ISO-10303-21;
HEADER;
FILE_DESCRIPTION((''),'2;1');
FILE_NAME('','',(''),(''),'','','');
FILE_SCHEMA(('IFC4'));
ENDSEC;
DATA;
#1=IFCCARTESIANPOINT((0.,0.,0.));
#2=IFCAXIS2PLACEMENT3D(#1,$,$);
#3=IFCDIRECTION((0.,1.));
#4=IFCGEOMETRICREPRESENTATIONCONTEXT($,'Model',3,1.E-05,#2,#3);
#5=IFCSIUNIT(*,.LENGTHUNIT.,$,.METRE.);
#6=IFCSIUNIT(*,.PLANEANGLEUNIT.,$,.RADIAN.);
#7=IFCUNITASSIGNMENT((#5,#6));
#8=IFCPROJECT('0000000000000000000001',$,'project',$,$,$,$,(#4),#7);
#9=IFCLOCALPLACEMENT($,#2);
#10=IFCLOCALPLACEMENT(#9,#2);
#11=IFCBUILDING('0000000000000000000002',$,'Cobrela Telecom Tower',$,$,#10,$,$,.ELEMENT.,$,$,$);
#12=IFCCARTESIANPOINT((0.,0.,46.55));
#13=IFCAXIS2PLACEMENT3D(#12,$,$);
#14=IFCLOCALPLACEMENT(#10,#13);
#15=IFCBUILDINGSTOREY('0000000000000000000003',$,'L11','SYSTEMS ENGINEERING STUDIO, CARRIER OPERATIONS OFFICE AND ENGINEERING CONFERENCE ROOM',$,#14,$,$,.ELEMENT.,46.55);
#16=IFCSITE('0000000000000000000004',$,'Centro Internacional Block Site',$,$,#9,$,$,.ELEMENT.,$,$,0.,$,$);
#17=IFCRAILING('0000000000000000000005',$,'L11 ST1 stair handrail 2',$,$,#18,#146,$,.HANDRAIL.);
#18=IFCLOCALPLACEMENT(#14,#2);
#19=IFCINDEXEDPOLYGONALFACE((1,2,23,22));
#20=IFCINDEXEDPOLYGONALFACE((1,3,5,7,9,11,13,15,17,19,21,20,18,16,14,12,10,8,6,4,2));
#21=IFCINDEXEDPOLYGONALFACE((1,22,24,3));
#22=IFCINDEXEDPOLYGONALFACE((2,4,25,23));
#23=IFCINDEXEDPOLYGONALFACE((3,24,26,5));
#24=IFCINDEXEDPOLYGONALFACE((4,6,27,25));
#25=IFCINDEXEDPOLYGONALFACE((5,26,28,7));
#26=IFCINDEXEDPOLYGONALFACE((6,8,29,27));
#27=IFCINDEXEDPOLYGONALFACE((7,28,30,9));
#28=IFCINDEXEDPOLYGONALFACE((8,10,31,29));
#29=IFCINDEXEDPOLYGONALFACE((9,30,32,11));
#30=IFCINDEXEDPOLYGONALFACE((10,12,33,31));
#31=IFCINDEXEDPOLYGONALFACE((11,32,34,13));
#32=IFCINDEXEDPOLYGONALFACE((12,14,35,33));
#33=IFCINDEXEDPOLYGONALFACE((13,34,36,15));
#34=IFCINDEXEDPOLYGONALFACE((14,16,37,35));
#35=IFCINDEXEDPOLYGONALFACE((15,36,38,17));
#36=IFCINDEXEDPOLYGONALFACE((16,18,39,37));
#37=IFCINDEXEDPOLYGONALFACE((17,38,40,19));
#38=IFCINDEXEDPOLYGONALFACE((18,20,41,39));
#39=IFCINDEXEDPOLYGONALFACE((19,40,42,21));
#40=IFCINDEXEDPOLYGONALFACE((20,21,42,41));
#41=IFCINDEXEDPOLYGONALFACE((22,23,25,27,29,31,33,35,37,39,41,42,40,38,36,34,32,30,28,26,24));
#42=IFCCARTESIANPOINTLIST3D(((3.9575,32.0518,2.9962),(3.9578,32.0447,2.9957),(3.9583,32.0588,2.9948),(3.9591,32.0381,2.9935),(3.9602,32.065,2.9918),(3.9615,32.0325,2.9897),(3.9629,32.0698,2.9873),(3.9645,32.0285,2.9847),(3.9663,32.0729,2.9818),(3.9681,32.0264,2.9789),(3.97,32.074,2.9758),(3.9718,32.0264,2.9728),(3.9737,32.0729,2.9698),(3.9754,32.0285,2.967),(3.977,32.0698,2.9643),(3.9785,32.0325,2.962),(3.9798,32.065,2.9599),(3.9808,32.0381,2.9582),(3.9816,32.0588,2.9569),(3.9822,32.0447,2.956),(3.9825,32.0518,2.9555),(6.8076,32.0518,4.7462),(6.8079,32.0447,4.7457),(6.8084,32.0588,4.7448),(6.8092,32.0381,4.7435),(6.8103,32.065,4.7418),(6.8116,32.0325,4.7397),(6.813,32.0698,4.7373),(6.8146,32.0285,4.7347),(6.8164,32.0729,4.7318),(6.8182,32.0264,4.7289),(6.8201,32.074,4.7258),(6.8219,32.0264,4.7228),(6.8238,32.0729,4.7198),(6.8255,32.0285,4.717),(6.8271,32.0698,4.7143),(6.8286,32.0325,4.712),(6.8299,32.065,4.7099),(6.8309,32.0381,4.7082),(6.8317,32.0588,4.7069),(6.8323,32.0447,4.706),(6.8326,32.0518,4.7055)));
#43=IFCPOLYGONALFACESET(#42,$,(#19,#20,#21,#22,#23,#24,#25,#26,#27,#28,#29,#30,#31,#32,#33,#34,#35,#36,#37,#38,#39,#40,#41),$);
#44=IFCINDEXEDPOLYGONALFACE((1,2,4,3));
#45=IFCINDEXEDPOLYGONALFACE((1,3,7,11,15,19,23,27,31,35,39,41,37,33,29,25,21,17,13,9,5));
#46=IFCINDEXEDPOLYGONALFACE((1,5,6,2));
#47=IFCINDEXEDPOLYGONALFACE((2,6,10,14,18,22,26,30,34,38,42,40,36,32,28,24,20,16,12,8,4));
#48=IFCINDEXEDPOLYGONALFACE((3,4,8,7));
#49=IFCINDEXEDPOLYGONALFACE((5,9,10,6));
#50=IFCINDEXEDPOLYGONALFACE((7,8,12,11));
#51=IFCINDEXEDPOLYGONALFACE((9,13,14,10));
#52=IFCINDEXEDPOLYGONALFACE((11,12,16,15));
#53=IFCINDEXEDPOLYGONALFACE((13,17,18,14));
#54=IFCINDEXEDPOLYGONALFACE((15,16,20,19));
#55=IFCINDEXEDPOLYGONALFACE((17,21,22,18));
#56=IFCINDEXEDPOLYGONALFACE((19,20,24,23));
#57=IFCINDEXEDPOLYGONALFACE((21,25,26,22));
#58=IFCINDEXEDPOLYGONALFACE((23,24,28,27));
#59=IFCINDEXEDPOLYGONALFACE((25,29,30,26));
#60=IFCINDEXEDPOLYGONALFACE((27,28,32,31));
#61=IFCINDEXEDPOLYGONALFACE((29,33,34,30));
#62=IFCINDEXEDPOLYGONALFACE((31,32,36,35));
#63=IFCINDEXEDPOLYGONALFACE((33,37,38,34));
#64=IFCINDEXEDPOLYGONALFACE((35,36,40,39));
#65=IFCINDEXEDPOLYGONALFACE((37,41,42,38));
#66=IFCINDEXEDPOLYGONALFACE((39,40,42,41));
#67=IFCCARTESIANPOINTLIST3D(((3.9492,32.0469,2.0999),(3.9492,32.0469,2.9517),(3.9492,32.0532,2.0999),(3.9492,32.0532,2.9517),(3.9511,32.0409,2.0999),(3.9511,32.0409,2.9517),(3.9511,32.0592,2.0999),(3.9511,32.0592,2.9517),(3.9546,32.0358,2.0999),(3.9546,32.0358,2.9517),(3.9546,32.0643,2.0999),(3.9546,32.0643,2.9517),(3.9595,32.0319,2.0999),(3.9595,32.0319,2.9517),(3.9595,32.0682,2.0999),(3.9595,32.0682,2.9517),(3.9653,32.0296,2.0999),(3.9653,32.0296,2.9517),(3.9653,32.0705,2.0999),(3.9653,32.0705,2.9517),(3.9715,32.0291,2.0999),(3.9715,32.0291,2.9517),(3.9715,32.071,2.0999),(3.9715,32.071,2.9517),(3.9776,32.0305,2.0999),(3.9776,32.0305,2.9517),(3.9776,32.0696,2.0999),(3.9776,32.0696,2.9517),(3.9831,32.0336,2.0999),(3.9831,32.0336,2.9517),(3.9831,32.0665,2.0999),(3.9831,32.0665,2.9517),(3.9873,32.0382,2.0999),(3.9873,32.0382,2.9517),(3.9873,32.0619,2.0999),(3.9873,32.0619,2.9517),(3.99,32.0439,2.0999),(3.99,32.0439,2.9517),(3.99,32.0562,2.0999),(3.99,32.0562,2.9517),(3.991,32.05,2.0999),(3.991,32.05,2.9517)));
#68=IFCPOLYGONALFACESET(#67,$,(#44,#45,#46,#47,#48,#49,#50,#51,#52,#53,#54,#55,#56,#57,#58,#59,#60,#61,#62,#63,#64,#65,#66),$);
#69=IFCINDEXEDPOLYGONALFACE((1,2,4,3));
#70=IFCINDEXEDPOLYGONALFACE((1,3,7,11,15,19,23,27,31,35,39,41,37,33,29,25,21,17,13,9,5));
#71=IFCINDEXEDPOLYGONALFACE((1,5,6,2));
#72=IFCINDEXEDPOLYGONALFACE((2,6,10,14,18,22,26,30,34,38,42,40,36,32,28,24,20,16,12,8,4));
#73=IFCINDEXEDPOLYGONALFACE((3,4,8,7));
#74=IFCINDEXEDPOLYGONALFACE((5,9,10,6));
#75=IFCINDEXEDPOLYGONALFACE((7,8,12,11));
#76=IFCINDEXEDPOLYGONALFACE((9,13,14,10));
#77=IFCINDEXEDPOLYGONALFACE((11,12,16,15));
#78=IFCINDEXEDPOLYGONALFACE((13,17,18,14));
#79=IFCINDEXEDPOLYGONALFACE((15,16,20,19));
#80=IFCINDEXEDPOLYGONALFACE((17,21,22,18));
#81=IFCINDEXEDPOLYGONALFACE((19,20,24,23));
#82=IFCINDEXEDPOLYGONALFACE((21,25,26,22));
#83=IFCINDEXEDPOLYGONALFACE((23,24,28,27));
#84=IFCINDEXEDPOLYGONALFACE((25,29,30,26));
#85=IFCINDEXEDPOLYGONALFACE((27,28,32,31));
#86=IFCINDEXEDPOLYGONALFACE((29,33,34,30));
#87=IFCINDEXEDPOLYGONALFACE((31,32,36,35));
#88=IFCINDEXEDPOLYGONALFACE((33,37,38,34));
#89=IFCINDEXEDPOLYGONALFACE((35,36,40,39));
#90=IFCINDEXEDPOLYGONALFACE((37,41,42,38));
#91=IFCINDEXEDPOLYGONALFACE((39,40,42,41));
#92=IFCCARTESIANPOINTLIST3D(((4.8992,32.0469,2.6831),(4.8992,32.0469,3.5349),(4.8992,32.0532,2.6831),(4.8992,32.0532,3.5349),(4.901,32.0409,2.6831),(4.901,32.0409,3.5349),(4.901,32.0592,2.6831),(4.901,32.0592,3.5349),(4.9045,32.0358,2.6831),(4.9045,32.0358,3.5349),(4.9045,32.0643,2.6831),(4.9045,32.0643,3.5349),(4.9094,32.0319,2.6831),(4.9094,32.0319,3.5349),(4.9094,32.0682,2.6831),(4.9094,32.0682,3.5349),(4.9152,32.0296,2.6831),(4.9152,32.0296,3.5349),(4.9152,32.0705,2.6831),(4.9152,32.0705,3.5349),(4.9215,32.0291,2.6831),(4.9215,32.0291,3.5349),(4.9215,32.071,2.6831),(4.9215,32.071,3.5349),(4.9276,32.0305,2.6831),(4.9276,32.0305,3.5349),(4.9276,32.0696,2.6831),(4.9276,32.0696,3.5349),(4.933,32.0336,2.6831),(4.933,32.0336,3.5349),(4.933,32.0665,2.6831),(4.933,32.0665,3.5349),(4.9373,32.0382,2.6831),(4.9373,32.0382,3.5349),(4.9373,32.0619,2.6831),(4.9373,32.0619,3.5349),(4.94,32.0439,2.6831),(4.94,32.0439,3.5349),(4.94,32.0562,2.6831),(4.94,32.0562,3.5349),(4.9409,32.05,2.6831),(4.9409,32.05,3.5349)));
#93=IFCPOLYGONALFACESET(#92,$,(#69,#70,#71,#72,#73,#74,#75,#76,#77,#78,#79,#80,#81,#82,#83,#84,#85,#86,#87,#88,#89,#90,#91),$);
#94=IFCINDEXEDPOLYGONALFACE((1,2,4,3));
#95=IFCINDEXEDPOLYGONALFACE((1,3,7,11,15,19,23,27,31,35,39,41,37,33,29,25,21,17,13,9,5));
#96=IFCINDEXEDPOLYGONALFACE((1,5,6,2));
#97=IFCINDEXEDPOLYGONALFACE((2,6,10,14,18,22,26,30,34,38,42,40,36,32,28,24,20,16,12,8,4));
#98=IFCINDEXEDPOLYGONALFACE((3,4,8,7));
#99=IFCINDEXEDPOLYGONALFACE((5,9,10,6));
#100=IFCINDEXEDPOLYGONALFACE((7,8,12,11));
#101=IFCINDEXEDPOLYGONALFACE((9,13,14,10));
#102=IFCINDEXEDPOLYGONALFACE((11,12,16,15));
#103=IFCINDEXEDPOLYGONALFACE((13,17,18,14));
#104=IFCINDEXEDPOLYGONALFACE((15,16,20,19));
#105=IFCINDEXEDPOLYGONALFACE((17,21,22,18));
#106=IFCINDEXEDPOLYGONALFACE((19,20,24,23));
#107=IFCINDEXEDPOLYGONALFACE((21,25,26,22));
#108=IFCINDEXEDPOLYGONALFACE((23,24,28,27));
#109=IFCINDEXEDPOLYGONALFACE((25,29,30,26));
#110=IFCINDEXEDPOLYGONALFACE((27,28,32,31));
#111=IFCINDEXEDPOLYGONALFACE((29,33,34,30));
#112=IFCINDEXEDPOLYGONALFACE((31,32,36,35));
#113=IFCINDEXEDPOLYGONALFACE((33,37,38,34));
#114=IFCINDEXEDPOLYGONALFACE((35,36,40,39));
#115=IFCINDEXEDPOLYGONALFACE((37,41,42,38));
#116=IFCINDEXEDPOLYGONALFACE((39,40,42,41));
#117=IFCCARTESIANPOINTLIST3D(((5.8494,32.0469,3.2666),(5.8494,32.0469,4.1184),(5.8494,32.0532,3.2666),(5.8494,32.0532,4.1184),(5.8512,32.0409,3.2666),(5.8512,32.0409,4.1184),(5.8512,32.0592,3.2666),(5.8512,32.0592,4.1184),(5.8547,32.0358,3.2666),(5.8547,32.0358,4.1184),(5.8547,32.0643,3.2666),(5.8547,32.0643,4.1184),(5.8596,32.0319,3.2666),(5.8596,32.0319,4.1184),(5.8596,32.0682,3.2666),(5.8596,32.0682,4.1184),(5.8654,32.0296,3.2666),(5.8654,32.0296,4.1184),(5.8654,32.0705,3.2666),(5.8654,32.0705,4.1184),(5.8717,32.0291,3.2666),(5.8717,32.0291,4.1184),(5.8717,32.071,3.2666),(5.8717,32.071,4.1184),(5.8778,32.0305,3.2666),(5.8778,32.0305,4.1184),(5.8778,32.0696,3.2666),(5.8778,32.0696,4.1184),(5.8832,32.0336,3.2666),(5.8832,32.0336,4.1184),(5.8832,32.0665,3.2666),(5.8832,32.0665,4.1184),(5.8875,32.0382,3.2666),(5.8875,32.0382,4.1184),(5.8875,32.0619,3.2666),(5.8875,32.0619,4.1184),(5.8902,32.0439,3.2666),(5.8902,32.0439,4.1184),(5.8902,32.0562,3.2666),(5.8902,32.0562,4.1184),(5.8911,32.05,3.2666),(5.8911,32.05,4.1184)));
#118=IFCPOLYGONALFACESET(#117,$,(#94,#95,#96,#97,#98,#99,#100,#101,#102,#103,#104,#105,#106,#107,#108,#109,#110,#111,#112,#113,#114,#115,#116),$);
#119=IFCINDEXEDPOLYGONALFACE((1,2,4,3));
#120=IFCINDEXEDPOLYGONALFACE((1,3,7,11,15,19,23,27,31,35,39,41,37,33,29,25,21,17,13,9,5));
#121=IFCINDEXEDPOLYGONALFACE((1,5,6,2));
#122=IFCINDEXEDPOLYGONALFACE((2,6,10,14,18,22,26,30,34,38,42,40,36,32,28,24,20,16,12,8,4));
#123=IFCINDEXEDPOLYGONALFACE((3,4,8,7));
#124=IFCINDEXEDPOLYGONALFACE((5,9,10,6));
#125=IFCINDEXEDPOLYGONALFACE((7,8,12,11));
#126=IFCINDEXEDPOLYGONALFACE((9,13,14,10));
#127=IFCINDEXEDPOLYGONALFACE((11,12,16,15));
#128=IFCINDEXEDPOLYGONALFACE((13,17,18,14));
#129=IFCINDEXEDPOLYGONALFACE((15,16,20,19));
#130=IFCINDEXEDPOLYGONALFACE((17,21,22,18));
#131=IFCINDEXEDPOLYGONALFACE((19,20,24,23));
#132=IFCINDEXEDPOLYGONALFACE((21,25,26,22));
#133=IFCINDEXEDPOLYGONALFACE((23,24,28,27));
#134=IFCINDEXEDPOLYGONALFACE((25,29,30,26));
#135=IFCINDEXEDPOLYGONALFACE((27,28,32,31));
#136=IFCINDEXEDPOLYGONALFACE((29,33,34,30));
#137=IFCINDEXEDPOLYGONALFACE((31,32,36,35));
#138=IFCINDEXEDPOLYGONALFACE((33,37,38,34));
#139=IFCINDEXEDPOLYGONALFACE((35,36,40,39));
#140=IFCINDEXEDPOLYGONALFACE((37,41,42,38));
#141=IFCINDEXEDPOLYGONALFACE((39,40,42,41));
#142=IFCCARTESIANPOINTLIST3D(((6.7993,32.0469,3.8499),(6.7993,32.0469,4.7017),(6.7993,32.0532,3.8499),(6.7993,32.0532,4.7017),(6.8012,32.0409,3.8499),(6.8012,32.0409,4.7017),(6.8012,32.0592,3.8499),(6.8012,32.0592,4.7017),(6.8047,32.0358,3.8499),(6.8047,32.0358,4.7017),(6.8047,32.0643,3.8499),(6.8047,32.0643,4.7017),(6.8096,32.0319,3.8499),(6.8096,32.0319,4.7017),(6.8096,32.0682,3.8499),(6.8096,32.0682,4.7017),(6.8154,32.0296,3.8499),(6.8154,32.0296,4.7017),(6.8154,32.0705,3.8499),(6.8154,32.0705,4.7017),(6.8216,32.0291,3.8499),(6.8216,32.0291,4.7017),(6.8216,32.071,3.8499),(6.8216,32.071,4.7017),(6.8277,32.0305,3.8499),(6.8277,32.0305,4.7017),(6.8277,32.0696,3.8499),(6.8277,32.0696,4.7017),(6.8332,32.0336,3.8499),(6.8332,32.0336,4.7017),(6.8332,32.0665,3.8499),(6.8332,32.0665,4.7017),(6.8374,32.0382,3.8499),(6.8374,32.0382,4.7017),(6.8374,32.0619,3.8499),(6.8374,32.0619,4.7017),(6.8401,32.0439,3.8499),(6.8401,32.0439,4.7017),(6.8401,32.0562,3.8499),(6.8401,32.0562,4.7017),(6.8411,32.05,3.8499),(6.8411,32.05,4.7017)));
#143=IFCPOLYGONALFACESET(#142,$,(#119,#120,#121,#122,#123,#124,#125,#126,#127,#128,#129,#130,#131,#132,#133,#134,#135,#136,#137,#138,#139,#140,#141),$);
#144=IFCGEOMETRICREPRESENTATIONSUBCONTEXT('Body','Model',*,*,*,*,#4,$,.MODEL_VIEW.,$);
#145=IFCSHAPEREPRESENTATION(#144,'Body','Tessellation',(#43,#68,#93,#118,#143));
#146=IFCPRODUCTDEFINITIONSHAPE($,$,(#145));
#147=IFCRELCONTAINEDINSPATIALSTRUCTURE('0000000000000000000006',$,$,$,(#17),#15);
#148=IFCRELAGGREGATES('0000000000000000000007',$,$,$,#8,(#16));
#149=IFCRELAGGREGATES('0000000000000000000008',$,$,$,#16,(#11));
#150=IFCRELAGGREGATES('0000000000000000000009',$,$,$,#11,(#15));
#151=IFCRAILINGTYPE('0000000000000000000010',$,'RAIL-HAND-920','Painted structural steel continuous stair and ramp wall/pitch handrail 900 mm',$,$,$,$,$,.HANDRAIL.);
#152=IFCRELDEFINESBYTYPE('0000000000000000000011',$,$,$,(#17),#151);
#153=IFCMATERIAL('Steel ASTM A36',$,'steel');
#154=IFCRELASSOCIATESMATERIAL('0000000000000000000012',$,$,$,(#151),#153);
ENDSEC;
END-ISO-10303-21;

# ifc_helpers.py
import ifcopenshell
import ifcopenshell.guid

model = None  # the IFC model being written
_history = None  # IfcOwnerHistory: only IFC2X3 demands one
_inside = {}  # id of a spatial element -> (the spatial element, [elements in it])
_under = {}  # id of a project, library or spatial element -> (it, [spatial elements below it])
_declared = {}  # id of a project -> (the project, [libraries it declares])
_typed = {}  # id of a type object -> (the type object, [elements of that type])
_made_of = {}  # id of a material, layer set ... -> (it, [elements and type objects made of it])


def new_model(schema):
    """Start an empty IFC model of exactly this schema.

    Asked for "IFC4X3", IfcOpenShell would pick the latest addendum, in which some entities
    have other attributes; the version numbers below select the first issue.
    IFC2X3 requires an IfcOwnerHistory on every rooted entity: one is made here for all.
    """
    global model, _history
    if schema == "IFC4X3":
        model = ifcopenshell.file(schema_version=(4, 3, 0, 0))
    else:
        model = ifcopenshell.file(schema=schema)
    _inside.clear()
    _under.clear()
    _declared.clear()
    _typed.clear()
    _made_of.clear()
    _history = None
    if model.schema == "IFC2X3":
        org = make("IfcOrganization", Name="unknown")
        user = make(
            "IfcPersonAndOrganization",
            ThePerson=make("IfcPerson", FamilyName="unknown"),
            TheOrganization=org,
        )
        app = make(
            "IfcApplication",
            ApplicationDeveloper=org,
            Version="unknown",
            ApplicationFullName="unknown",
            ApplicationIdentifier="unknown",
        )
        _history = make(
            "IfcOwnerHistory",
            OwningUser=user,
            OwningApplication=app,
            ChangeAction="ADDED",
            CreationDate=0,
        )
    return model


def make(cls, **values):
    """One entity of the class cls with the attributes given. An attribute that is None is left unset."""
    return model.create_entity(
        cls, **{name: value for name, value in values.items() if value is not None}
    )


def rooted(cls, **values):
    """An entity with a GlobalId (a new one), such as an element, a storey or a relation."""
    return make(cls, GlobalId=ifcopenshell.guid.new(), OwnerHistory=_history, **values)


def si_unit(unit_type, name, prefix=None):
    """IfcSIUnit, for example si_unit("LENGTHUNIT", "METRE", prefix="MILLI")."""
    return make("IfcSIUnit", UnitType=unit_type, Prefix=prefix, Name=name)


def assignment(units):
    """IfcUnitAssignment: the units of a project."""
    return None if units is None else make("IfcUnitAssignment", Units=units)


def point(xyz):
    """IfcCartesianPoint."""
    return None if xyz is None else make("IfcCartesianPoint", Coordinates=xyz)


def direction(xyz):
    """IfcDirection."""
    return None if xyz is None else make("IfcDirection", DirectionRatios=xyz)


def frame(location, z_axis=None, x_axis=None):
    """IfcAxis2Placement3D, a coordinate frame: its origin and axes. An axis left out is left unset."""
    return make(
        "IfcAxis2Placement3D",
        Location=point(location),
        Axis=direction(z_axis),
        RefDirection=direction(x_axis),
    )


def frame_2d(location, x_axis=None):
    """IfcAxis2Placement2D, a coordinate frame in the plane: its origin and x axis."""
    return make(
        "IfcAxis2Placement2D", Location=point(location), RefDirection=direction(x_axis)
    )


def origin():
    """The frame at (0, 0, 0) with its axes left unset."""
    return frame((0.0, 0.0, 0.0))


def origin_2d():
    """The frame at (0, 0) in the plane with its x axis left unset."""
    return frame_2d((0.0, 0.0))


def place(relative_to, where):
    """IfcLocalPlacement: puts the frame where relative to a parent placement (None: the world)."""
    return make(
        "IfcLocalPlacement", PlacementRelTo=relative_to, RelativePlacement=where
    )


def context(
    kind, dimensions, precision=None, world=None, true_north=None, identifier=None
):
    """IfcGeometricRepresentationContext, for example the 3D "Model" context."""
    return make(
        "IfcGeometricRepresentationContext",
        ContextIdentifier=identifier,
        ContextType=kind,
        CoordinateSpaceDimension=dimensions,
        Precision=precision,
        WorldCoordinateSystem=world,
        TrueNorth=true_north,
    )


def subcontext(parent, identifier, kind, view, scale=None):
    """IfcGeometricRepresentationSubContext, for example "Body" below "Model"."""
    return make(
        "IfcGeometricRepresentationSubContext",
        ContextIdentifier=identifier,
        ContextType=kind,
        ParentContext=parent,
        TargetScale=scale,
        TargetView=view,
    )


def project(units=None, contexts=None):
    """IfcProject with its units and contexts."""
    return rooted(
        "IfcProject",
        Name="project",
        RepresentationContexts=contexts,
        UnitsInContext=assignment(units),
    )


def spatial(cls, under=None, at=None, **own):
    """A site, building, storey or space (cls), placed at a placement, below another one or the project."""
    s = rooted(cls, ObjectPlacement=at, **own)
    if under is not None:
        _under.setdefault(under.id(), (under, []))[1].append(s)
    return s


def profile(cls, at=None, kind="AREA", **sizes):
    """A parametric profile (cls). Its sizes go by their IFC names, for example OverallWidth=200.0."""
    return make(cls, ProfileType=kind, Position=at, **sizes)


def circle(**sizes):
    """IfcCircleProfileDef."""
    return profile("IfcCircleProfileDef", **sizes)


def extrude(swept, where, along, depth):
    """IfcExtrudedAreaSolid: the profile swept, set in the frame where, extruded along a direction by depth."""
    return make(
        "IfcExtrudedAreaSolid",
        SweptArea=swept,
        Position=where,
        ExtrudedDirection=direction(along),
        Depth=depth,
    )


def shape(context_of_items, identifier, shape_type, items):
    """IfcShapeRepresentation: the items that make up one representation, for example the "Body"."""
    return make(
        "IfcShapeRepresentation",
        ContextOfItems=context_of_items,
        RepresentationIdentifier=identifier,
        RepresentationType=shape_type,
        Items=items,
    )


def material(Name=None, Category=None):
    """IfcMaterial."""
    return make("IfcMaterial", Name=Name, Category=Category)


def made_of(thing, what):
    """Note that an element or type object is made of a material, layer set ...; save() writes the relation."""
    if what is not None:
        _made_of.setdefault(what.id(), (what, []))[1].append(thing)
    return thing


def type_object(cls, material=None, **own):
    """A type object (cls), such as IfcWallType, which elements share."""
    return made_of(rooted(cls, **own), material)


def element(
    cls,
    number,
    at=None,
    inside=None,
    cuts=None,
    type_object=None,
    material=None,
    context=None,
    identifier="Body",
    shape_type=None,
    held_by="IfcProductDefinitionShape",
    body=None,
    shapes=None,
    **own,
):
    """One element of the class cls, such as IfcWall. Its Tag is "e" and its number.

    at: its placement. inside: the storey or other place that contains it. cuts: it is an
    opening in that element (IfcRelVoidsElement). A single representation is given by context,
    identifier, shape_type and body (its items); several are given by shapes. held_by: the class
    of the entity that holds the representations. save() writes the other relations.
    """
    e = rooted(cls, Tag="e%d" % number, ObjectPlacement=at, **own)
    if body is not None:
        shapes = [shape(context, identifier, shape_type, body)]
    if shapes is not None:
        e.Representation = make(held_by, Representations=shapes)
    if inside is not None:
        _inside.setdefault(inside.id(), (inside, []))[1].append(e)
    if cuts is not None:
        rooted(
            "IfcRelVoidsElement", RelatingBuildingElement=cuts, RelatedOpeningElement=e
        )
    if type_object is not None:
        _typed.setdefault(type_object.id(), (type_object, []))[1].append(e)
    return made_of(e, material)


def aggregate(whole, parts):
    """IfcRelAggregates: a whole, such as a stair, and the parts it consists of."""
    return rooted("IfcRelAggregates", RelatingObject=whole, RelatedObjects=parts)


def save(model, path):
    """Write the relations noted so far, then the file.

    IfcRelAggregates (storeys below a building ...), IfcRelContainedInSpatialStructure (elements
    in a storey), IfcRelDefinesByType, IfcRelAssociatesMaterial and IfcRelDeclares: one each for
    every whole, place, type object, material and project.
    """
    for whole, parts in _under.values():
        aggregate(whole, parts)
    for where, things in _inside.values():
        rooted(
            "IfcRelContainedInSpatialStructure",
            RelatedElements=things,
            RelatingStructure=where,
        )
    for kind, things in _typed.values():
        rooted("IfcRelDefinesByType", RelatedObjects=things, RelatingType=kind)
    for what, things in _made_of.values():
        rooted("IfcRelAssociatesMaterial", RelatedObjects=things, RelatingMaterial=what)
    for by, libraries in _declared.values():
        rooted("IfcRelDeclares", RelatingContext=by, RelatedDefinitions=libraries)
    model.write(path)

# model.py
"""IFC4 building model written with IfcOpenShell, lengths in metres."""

from ifc_helpers import new_model, si_unit, direction, frame, origin, origin_2d, place, context, subcontext, project, spatial, circle, extrude, material, type_object, element, save


model = new_model("IFC4")

# Units and contexts
model_context = context("Model", 3, precision=1e-05, world=origin(), true_north=direction((0.0, 1.0)))
body_context = subcontext(model_context, "Body", "Model", "MODEL_VIEW")
ifc_project = project(units=[si_unit("LENGTHUNIT", "METRE"), si_unit("PLANEANGLEUNIT", "RADIAN")], contexts=[model_context])

# Site, building, storey
site_placement = place(None, origin())
site = spatial("IfcSite", under=ifc_project, at=site_placement, Name="Centro Internacional Block Site", CompositionType="ELEMENT", RefElevation=0.0)
building_placement = place(site_placement, origin())
building = spatial("IfcBuilding", under=site, at=building_placement, Name="Cobrela Telecom Tower", CompositionType="ELEMENT")
storey_placement = place(building_placement, frame((0.0, 0.0, 46.55)))
storey = spatial("IfcBuildingStorey", under=building, at=storey_placement, Name="L11", Description="SYSTEMS ENGINEERING STUDIO, CARRIER OPERATIONS OFFICE AND ENGINEERING CONFERENCE ROOM", CompositionType="ELEMENT", Elevation=46.55)

# Shared definitions
ifc_material_1 = material(Name="Steel ASTM A36", Category="steel")

# Railing
railing_type_1 = type_object("IfcRailingType", Name="RAIL-HAND-920", Description="Painted structural steel continuous stair and ramp wall/pitch handrail 900 mm", PredefinedType="HANDRAIL", material=ifc_material_1)
railing_1_placement = place(storey_placement, frame((3.97, 32.05, 2.0999)))
element("IfcRailing", 1, at=railing_1_placement, inside=storey, type_object=railing_type_1, Name="L11 ST1 stair handrail 2", PredefinedType="HANDRAIL", context=body_context, shape_type="SweptSolid", body=[
    extrude(circle(Radius=0.0239, at=origin_2d()), frame((0.0, 0.0, 0.876), z_axis=(0.852179, 0.0, 0.52325), x_axis=(0.0, 1.0, 0.0)), (0.0, 0.0, 1.0), 3.3445),
    extrude(circle(Radius=0.021, at=origin_2d()), origin(), (0.0, 0.0, 1.0), 0.8518),
    extrude(circle(Radius=0.021, at=origin_2d()), frame((0.95, 0.0, 0.5833)), (0.0, 0.0, 1.0), 0.8518),
    extrude(circle(Radius=0.021, at=origin_2d()), frame((1.9001, 0.0, 1.1667)), (0.0, 0.0, 1.0), 0.8518),
    extrude(circle(Radius=0.021, at=origin_2d()), frame((2.8501, 0.0, 1.75)), (0.0, 0.0, 1.0), 0.8518),
])

save(model, "model.ifc")
